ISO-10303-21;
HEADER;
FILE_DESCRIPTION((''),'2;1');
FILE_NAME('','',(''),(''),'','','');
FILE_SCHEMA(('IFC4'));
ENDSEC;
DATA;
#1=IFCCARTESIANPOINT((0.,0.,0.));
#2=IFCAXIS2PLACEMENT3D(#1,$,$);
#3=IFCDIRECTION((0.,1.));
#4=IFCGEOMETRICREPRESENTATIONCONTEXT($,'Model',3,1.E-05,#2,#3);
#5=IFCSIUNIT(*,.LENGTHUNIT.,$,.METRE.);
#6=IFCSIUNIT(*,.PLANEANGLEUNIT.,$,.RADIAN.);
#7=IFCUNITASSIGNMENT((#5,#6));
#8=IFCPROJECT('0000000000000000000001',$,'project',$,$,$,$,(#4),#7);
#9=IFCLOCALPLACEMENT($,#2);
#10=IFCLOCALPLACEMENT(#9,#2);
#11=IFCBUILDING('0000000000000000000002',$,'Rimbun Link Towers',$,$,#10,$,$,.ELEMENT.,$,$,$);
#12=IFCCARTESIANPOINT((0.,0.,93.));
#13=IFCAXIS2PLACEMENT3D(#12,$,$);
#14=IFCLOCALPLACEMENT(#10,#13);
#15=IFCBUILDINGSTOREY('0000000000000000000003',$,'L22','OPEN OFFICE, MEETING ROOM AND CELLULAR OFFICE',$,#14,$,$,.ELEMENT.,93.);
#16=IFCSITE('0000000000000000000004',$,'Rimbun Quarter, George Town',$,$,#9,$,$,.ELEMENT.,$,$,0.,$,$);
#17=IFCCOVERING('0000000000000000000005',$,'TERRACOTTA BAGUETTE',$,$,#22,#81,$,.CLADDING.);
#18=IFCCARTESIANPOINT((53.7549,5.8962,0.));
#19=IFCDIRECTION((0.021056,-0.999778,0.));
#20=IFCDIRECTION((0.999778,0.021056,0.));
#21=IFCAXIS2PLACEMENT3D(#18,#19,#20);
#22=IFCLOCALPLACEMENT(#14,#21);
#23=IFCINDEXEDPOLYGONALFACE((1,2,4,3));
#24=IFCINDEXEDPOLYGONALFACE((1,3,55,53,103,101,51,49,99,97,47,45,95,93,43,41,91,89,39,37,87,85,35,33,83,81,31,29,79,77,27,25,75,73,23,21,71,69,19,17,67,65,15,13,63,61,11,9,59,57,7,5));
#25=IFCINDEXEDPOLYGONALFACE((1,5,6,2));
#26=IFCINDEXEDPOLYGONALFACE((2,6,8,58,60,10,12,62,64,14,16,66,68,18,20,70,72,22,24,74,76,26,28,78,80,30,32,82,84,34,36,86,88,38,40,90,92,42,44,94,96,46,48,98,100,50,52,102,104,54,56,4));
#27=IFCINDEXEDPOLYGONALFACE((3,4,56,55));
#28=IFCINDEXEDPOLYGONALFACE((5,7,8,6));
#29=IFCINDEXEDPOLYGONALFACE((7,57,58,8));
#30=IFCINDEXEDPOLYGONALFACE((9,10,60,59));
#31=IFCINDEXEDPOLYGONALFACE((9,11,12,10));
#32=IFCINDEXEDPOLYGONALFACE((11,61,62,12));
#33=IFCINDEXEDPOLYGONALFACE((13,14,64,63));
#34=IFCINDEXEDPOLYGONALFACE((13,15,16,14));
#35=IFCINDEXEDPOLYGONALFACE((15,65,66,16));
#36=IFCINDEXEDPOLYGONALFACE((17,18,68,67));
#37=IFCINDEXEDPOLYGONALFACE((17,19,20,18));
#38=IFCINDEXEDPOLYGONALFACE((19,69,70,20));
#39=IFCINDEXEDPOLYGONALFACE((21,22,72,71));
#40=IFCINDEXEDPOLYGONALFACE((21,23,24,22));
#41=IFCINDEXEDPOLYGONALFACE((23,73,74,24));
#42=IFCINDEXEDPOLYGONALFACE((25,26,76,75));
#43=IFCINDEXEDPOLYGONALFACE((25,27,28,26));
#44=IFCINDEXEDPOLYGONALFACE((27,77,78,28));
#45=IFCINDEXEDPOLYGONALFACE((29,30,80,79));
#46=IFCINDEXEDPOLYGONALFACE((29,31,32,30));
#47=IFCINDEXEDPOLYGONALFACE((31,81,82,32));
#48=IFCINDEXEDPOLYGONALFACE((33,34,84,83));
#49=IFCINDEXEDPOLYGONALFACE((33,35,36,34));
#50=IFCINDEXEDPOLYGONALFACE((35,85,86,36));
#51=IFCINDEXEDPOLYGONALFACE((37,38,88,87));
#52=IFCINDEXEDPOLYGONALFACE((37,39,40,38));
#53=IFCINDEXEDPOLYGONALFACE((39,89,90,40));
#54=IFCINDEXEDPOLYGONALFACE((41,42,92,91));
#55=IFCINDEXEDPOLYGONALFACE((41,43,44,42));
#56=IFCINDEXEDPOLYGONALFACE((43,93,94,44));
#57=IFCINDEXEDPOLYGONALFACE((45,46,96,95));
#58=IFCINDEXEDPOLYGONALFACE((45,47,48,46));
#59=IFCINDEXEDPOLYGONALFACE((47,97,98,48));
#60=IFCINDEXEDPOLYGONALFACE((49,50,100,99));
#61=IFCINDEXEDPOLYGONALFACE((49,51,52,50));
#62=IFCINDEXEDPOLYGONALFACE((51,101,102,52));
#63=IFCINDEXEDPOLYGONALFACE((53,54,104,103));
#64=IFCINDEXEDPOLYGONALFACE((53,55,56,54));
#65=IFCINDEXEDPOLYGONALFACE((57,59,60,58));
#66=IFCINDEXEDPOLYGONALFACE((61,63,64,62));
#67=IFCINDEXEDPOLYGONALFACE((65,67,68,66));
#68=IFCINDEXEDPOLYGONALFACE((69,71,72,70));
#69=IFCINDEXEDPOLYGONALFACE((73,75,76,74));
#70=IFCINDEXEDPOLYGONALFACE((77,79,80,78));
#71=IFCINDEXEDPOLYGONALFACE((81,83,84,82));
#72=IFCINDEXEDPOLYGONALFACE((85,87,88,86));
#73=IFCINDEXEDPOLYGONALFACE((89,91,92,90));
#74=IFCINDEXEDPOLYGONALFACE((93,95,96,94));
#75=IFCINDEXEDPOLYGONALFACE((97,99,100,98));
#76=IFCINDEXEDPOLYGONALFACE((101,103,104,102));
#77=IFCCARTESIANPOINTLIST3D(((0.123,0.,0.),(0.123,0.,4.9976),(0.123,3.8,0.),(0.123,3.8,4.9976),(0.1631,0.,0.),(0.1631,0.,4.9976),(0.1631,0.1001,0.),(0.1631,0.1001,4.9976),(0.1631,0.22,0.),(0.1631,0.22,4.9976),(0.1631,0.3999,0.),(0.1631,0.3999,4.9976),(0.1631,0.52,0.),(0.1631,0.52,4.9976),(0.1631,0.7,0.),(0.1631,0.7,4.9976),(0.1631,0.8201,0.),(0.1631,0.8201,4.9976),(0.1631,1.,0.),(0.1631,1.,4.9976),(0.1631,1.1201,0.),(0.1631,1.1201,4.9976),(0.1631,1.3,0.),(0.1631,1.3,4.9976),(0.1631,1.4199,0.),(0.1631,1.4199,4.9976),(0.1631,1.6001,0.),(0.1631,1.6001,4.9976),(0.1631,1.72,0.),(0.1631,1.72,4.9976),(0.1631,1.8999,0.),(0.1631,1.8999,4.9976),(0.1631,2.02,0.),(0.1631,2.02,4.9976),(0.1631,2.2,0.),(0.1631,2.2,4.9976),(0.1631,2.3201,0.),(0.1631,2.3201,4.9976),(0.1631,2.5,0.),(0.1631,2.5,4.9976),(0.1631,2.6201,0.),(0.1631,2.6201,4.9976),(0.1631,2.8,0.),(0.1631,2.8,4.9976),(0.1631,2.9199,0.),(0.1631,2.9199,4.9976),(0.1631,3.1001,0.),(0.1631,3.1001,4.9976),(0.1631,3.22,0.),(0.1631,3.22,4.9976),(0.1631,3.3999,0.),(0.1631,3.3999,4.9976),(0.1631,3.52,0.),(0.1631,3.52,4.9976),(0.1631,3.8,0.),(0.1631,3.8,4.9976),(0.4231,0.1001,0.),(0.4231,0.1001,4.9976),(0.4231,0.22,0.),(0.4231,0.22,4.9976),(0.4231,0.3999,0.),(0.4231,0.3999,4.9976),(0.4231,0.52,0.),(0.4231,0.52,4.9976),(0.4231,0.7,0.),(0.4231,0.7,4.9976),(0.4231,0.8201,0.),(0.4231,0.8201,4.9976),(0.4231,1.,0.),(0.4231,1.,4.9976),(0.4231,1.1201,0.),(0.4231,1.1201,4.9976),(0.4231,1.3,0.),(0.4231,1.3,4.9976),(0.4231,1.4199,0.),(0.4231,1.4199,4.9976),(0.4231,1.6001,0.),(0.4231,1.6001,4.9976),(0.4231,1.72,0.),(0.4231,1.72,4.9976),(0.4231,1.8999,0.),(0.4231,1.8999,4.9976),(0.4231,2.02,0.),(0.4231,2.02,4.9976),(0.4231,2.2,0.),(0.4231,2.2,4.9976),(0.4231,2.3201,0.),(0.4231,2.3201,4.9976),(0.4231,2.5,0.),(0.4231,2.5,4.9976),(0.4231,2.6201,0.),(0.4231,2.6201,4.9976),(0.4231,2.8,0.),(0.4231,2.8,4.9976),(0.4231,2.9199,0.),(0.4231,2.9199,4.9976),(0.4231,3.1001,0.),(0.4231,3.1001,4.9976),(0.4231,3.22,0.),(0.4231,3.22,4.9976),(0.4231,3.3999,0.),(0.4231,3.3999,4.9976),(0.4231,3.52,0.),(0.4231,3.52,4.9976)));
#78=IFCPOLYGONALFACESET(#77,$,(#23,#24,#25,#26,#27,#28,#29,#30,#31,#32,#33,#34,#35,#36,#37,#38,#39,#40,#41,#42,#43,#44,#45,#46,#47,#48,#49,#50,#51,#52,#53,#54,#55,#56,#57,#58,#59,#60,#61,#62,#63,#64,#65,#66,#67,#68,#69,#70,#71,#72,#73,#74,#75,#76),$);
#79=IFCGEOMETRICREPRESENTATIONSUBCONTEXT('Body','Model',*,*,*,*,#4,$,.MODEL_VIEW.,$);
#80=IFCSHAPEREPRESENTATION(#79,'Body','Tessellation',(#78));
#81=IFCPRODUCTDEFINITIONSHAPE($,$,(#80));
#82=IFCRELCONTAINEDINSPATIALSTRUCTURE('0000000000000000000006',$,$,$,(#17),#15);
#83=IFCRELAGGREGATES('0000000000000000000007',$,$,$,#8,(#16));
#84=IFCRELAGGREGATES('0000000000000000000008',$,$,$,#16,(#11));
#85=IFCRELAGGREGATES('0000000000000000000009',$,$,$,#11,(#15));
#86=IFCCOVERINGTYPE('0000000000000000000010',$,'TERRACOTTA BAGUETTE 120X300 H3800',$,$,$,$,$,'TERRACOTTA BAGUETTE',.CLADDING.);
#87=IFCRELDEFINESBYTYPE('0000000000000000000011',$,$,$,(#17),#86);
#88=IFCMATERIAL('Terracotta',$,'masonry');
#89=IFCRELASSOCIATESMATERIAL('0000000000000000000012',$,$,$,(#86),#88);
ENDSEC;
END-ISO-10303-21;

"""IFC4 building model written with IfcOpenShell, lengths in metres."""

from ifc_helpers import new_model, si_unit, direction, frame, origin, place, context, subcontext, project, spatial, polyline, outline, extrude, material, material_profile, profile_set, type_object, element, save


model = new_model("IFC4")

# Units and contexts
model_context = context("Model", 3, precision=1e-05, world=origin(), true_north=direction((0.0, 1.0)))
body_context = subcontext(model_context, "Body", "Model", "MODEL_VIEW")
ifc_project = project(units=[si_unit("LENGTHUNIT", "METRE"), si_unit("PLANEANGLEUNIT", "RADIAN")], contexts=[model_context])

# Site, building, storey
site_placement = place(None, origin())
site = spatial("IfcSite", under=ifc_project, at=site_placement, Name="Rimbun Quarter, George Town", CompositionType="ELEMENT", RefElevation=0.0)
building_placement = place(site_placement, origin())
building = spatial("IfcBuilding", under=site, at=building_placement, Name="Rimbun Link Towers", CompositionType="ELEMENT")
storey_placement = place(building_placement, frame((0.0, 0.0, 93.0)))
storey = spatial("IfcBuildingStorey", under=building, at=storey_placement, Name="L22", Description="OPEN OFFICE, MEETING ROOM AND CELLULAR OFFICE", CompositionType="ELEMENT", Elevation=93.0)

# Covering
ifc_material_1 = material(Name="Terracotta", Category="masonry")
ifc_material_profile_1 = material_profile(ifc_material_1, outline(polyline([(0.123, 0.0), (0.1631, 0.0), (0.1631, 0.1001), (0.4231, 0.1001), (0.4231, 0.22), (0.1631, 0.22), (0.1631, 0.3999), (0.4231, 0.3999), (0.4231, 0.52), (0.1631, 0.52), (0.1631, 0.7), (0.4231, 0.7), (0.4231, 0.8201), (0.1631, 0.8201), (0.1631, 1.0), (0.4231, 1.0), (0.4231, 1.1201), (0.1631, 1.1201), (0.1631, 1.3), (0.4231, 1.3), (0.4231, 1.4199), (0.1631, 1.4199), (0.1631, 1.6001), (0.4231, 1.6001), (0.4231, 1.72), (0.1631, 1.72), (0.1631, 1.8999), (0.4231, 1.8999), (0.4231, 2.02), (0.1631, 2.02), (0.1631, 2.2), (0.4231, 2.2), (0.4231, 2.3201), (0.1631, 2.3201), (0.1631, 2.5), (0.4231, 2.5), (0.4231, 2.6201), (0.1631, 2.6201), (0.1631, 2.8), (0.4231, 2.8), (0.4231, 2.9199), (0.1631, 2.9199), (0.1631, 3.1001), (0.4231, 3.1001), (0.4231, 3.22), (0.1631, 3.22), (0.1631, 3.3999), (0.4231, 3.3999), (0.4231, 3.52), (0.1631, 3.52), (0.1631, 3.8), (0.123, 3.8), (0.123, 0.0)])), Name="BAGUETTE 120X300")
ifc_profile_set_1 = profile_set([ifc_material_profile_1], Name="Terracotta")
covering_type = type_object("IfcCoveringType", Name="TERRACOTTA BAGUETTE 120X300 H3800", ElementType="TERRACOTTA BAGUETTE", PredefinedType="CLADDING", material=ifc_profile_set_1)
covering_placement = place(storey_placement, frame((53.7549, 5.8962, 0.0), z_axis=(0.021056, -0.999778, 0.0), x_axis=(0.999778, 0.021056, 0.0)))
element("IfcCovering", 1, at=covering_placement, inside=storey, type_object=covering_type, Name="TERRACOTTA BAGUETTE", PredefinedType="CLADDING", context=body_context, shape_type="SweptSolid", body=[
    extrude(outline(polyline([(0.123, 0.0), (0.1631, 0.0), (0.1631, 0.1001), (0.4231, 0.1001), (0.4231, 0.22), (0.1631, 0.22), (0.1631, 0.3999), (0.4231, 0.3999), (0.4231, 0.52), (0.1631, 0.52), (0.1631, 0.7), (0.4231, 0.7), (0.4231, 0.8201), (0.1631, 0.8201), (0.1631, 1.0), (0.4231, 1.0), (0.4231, 1.1201), (0.1631, 1.1201), (0.1631, 1.3), (0.4231, 1.3), (0.4231, 1.4199), (0.1631, 1.4199), (0.1631, 1.6001), (0.4231, 1.6001), (0.4231, 1.72), (0.1631, 1.72), (0.1631, 1.8999), (0.4231, 1.8999), (0.4231, 2.02), (0.1631, 2.02), (0.1631, 2.2), (0.4231, 2.2), (0.4231, 2.3201), (0.1631, 2.3201), (0.1631, 2.5), (0.4231, 2.5), (0.4231, 2.6201), (0.1631, 2.6201), (0.1631, 2.8), (0.4231, 2.8), (0.4231, 2.9199), (0.1631, 2.9199), (0.1631, 3.1001), (0.4231, 3.1001), (0.4231, 3.22), (0.1631, 3.22), (0.1631, 3.3999), (0.4231, 3.3999), (0.4231, 3.52), (0.1631, 3.52), (0.1631, 3.8), (0.123, 3.8), (0.123, 0.0)])), origin(), (0.0, 0.0, 1.0), 4.9976),
])

save(model, "model.ifc")
